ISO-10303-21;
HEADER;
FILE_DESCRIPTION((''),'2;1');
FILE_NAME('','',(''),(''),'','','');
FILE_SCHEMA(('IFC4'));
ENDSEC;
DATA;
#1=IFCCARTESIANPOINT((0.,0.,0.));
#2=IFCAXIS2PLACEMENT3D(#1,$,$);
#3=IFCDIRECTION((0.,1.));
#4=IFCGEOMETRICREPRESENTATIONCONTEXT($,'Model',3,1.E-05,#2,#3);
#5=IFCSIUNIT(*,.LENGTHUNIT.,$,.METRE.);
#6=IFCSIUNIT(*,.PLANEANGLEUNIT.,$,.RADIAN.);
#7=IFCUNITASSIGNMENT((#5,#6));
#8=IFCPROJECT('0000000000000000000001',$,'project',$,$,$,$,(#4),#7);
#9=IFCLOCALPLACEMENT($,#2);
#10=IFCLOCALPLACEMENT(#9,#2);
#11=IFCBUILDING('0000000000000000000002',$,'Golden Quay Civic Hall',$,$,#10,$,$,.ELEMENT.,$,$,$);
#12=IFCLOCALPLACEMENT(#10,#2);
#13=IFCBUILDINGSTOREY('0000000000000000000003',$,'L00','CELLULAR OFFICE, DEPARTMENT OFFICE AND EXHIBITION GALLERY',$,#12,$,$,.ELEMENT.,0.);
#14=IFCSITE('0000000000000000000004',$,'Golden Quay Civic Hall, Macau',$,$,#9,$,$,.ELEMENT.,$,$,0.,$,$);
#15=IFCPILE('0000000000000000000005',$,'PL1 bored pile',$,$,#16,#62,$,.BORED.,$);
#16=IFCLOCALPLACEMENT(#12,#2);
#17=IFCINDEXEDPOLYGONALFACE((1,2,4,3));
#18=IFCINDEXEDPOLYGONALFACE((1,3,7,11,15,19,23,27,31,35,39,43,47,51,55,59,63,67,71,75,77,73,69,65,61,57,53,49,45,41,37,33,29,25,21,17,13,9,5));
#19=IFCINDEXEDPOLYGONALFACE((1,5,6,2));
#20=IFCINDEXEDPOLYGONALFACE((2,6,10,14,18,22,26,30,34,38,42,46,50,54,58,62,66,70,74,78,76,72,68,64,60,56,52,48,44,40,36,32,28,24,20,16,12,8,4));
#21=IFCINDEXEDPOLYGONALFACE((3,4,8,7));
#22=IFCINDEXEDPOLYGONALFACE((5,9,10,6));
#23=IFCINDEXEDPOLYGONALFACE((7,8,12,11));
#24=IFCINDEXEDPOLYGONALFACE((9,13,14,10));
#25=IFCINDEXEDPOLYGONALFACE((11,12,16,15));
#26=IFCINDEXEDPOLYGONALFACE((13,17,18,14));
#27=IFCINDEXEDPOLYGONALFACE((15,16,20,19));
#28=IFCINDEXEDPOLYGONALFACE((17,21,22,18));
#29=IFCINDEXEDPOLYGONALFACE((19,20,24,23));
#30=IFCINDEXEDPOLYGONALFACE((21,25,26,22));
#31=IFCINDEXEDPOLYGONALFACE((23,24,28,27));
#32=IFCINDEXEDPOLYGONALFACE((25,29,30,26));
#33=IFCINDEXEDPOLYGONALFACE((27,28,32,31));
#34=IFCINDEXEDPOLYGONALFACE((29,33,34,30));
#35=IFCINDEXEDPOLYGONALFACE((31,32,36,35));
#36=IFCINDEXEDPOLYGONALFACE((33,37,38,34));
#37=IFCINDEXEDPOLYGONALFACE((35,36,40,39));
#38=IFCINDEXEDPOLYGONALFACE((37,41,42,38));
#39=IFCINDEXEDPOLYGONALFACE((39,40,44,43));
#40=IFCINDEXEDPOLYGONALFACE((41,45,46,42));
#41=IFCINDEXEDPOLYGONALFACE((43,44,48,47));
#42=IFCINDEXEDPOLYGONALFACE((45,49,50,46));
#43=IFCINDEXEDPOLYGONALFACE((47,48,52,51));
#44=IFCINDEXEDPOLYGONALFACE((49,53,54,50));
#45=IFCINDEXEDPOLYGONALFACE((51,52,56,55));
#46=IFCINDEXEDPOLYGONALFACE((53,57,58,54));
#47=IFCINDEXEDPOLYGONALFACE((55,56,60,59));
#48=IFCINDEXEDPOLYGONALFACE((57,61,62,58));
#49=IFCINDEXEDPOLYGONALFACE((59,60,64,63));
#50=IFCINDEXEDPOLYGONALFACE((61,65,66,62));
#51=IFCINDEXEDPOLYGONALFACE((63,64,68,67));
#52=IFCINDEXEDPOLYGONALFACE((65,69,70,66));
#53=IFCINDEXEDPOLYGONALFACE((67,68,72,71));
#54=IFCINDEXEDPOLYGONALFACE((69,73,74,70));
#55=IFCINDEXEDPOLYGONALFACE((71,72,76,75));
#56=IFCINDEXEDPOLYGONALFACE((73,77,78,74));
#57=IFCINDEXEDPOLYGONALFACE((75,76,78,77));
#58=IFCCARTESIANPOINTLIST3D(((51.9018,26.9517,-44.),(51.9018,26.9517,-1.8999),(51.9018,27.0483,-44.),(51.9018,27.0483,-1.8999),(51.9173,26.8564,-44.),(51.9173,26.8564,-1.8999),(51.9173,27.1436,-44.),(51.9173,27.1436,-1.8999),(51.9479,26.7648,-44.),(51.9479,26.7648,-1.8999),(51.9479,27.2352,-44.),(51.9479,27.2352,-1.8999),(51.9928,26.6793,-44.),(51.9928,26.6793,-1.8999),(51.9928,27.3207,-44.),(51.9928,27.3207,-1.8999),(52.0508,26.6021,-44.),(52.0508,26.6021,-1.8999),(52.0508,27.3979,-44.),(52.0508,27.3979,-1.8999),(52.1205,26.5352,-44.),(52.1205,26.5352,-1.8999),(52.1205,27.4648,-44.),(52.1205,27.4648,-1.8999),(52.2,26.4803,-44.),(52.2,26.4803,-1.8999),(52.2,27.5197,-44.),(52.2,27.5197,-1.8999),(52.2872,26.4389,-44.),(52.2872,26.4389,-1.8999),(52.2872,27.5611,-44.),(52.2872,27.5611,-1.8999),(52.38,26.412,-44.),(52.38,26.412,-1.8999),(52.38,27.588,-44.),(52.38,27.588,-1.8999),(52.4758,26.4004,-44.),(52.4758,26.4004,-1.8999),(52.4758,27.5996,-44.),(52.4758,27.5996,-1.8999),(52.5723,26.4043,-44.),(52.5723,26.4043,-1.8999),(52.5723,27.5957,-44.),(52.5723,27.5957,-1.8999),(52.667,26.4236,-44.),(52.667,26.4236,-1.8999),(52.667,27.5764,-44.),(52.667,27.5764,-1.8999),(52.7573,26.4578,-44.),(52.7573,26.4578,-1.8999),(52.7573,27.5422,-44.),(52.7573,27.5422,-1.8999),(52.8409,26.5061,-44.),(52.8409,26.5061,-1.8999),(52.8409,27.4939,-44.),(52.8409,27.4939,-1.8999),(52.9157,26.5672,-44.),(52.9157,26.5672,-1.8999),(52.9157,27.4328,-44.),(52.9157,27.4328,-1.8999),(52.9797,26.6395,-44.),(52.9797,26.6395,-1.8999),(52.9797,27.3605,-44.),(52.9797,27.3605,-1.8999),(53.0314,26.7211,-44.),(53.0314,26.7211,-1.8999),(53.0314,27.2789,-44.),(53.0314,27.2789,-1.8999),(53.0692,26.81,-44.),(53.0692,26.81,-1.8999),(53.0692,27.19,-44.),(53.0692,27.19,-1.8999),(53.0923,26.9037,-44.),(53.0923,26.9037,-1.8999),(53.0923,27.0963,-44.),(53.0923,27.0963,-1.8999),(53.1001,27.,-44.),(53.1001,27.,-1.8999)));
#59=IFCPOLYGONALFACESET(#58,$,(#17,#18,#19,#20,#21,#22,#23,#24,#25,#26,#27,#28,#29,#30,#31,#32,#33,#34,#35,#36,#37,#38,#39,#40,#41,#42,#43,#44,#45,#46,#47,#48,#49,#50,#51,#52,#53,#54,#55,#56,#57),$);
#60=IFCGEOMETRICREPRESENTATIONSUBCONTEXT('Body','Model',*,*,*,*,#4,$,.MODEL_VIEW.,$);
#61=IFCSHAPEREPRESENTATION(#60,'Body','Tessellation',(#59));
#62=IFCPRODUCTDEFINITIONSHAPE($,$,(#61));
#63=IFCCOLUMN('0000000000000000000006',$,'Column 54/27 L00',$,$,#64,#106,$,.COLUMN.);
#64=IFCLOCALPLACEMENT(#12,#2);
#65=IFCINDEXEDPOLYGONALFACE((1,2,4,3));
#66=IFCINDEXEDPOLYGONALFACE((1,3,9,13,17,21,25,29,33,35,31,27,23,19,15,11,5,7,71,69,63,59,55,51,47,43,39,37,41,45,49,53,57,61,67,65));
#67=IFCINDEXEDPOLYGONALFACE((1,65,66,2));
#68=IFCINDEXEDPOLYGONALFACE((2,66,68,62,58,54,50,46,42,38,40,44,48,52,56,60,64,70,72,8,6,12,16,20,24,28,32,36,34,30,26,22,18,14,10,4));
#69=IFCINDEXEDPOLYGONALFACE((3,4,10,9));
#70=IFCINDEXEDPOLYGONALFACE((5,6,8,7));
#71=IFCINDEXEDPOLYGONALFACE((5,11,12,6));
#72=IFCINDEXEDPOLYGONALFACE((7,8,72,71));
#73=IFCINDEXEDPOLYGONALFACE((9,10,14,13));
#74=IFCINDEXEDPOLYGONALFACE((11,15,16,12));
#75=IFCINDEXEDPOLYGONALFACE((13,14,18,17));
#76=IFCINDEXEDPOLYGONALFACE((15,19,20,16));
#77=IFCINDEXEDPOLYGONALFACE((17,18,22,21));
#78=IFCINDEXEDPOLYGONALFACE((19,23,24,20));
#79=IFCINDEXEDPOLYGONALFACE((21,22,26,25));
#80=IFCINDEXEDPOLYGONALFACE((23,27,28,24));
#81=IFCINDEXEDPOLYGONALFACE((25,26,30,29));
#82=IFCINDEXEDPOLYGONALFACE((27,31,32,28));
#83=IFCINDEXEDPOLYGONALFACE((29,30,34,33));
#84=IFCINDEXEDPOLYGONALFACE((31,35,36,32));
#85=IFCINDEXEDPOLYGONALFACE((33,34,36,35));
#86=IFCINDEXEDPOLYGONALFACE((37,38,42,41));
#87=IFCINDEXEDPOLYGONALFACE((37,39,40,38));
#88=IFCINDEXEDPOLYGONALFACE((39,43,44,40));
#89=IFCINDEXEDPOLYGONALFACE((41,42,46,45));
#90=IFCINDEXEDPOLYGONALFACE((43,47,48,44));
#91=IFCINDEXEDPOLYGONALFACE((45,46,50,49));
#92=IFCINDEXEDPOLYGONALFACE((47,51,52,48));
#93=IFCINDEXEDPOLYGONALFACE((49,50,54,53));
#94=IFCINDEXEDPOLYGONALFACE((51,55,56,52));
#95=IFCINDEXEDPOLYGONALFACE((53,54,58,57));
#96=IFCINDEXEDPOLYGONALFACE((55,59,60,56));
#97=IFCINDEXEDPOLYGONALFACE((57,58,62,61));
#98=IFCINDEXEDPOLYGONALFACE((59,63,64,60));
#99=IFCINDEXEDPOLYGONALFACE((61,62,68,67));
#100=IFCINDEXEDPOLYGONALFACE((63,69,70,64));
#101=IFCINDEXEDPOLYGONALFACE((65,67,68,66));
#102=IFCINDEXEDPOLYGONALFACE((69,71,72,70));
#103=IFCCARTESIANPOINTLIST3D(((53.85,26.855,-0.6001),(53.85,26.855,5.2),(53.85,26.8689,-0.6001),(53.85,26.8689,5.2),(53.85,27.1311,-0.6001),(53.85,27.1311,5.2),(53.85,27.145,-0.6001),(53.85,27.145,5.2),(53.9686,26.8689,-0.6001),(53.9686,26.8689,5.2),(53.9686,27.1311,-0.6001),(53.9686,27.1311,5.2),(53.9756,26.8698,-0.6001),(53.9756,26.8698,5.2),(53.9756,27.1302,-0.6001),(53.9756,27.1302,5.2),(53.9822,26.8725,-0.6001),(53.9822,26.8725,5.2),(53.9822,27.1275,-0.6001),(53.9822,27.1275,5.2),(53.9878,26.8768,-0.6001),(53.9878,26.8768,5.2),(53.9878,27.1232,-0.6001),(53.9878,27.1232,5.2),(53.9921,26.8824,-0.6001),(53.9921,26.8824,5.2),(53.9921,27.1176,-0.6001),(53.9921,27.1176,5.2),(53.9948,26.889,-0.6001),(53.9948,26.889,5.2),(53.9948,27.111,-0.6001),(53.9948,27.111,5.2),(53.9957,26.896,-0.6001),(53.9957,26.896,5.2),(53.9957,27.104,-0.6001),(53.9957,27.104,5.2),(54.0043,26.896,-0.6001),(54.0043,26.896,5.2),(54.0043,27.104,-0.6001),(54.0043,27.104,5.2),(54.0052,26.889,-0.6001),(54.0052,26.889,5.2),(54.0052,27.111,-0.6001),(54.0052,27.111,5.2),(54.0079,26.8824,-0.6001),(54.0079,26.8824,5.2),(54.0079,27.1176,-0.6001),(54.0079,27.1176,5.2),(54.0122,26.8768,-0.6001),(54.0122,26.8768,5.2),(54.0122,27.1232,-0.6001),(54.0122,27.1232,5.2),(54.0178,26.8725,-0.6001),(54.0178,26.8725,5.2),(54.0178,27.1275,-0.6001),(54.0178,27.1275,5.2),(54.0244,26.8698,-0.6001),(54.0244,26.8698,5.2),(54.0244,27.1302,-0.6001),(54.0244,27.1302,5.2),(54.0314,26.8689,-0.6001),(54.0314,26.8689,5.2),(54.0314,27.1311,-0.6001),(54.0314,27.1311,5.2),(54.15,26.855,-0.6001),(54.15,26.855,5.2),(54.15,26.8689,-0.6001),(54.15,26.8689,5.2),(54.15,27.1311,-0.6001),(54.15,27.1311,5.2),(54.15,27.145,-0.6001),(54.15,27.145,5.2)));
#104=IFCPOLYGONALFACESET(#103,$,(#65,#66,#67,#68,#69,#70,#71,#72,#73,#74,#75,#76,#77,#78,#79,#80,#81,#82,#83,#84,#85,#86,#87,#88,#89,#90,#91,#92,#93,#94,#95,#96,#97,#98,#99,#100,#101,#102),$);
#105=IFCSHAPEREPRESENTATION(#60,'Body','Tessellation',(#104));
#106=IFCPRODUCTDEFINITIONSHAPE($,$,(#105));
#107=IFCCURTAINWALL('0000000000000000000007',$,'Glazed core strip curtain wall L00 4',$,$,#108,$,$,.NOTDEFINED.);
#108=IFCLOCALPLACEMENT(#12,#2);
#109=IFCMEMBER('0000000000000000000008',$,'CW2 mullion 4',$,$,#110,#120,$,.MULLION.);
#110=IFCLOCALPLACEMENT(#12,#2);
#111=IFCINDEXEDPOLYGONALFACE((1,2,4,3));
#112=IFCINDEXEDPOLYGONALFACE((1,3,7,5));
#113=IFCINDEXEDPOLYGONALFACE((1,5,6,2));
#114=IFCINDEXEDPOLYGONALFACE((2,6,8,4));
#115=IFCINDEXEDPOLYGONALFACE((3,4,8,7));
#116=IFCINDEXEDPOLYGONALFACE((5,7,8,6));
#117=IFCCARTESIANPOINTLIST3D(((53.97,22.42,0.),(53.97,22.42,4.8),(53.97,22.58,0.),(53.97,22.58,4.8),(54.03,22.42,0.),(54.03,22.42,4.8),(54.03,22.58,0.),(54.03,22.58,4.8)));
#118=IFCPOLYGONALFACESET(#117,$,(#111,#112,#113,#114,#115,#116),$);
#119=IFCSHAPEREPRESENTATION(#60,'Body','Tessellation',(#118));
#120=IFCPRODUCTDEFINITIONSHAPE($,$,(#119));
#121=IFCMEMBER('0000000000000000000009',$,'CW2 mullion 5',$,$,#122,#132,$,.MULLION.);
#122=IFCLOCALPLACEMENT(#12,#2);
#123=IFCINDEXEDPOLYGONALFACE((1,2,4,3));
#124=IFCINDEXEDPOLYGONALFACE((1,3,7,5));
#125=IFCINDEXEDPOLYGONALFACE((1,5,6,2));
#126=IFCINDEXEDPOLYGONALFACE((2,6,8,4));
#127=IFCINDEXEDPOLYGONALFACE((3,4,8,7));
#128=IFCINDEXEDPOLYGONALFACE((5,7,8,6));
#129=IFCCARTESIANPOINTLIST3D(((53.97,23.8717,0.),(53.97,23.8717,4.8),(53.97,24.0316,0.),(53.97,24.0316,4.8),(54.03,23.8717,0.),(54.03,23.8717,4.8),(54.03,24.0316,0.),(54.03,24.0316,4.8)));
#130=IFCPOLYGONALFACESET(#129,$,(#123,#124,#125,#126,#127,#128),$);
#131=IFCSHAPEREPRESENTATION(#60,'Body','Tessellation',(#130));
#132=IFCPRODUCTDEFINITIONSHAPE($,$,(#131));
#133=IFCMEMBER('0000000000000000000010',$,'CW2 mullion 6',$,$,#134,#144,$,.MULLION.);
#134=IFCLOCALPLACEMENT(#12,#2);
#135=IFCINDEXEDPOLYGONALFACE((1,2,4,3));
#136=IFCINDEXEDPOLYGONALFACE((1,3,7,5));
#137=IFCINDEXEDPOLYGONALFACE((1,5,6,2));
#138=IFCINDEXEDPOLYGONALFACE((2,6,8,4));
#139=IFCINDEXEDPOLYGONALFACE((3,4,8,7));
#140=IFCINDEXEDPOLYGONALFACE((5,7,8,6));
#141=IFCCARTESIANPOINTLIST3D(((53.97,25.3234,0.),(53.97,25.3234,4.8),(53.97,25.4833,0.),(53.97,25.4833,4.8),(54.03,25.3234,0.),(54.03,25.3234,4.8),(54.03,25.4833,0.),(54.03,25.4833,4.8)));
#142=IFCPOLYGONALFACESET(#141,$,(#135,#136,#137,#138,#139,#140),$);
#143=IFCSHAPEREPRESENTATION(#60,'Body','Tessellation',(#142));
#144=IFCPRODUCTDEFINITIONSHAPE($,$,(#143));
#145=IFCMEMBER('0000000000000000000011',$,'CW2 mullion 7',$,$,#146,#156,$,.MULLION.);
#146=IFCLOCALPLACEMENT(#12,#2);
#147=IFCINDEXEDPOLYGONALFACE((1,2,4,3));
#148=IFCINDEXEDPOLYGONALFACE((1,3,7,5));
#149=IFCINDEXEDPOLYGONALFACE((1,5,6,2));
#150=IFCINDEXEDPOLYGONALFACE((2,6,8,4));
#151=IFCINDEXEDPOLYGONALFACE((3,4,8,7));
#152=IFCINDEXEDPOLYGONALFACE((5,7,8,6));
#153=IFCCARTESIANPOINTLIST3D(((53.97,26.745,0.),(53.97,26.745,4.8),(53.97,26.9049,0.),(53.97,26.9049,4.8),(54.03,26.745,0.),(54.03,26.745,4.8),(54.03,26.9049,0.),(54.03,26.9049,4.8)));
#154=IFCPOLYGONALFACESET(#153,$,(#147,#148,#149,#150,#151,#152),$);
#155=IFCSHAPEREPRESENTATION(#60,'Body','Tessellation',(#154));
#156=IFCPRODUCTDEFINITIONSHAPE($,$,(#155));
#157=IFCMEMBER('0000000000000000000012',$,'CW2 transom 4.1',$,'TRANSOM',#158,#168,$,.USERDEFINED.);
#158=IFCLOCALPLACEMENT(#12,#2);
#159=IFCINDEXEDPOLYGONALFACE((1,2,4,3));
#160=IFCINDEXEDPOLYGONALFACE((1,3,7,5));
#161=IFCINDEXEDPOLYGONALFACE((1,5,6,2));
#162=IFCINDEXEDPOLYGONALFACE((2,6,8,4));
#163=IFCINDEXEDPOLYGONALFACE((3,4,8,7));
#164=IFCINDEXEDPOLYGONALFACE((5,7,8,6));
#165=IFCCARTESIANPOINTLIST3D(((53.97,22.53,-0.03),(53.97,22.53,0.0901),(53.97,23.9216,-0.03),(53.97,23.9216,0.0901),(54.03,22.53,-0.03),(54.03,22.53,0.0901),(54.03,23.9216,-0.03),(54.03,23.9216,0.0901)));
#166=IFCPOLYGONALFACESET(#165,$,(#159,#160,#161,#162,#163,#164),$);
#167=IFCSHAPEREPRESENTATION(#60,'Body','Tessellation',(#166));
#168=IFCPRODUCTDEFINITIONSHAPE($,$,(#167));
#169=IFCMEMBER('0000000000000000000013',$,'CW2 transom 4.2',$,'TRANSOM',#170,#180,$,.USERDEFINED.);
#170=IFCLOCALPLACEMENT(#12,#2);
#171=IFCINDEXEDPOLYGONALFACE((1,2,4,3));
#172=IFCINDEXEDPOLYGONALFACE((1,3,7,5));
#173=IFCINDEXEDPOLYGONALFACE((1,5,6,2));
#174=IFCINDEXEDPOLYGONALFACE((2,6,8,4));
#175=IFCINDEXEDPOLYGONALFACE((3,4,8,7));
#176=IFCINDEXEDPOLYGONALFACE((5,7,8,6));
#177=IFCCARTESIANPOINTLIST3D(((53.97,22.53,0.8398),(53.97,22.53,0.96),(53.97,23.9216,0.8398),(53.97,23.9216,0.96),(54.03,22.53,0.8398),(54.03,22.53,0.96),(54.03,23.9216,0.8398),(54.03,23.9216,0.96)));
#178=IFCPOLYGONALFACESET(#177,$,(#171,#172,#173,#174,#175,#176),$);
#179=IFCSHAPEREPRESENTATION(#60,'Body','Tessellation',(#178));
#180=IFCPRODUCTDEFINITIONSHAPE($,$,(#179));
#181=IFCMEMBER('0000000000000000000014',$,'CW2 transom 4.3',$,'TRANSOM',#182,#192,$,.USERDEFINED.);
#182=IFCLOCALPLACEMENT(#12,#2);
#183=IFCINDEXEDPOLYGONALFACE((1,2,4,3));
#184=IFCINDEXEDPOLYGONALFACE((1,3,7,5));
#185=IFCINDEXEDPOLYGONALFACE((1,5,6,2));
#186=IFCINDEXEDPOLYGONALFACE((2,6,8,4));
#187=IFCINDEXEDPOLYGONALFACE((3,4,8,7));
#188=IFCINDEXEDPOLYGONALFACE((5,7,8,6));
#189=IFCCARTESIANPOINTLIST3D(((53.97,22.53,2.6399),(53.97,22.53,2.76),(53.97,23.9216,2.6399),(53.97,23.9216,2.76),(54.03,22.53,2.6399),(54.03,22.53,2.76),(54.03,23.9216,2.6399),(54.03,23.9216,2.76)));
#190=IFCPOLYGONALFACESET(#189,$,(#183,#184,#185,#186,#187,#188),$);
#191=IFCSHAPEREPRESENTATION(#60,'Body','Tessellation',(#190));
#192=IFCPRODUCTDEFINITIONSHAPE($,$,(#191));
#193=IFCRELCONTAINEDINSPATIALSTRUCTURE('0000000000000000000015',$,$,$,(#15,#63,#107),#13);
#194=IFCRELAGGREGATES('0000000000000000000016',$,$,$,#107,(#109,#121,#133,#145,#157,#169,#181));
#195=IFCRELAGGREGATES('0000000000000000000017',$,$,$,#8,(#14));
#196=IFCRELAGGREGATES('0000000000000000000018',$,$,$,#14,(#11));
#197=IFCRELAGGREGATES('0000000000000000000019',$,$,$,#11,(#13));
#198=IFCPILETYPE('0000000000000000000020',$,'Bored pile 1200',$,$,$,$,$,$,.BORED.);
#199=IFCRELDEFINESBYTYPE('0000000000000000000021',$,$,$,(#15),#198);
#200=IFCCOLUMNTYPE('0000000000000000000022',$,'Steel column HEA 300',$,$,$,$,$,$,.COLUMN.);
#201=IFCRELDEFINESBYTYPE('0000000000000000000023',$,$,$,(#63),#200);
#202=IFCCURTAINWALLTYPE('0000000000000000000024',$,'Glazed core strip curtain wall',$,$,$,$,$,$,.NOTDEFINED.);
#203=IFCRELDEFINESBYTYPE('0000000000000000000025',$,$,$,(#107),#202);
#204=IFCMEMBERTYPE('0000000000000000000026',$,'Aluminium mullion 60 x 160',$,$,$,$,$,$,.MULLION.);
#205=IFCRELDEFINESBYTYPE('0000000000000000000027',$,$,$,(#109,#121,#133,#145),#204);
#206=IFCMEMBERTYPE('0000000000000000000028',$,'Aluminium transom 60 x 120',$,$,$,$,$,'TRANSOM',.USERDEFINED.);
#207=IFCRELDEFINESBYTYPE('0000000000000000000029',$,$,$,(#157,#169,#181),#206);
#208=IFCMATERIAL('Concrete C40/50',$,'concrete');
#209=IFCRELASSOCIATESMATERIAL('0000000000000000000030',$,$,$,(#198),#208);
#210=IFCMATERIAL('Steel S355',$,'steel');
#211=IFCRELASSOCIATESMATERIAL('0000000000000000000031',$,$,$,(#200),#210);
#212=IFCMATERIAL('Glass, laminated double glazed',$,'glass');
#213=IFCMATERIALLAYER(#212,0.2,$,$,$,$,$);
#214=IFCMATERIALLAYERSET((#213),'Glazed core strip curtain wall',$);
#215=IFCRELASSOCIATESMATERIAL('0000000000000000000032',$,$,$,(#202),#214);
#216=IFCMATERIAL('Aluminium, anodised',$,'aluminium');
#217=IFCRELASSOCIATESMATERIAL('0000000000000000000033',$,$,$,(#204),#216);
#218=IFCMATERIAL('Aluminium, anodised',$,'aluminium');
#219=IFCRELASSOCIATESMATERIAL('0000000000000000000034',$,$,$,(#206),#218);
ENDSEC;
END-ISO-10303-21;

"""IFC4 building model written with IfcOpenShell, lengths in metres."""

from ifc_helpers import new_model, si_unit, direction, frame, origin, origin_2d, place, context, subcontext, project, spatial, rectangle, circle, i_section, extrude, material, layer, layer_set, material_profile, profile_set, type_object, element, aggregate, save


model = new_model("IFC4")

# Units and contexts
model_context = context("Model", 3, precision=1e-05, world=origin(), true_north=direction((0.0, 1.0)))
body_context = subcontext(model_context, "Body", "Model", "MODEL_VIEW")
ifc_project = project(units=[si_unit("LENGTHUNIT", "METRE"), si_unit("PLANEANGLEUNIT", "RADIAN")], contexts=[model_context])

# Site, building, storey
site_placement = place(None, origin())
site = spatial("IfcSite", under=ifc_project, at=site_placement, Name="Golden Quay Civic Hall, Macau", CompositionType="ELEMENT", RefElevation=0.0)
building_placement = place(site_placement, origin())
building = spatial("IfcBuilding", under=site, at=building_placement, Name="Golden Quay Civic Hall", CompositionType="ELEMENT")
storey_placement = place(building_placement, origin())
storey = spatial("IfcBuildingStorey", under=building, at=storey_placement, Name="L00", Description="CELLULAR OFFICE, DEPARTMENT OFFICE AND EXHIBITION GALLERY", CompositionType="ELEMENT", Elevation=0.0)

# Pile
ifc_material_1 = material(Name="Concrete C40/50", Category="concrete")
ifc_material_profile_1 = material_profile(ifc_material_1, circle(Radius=0.6001, at=origin_2d()), Name="RC D1200")
ifc_profile_set_1 = profile_set([ifc_material_profile_1], Name="Concrete C40/50")
pile_type = type_object("IfcPileType", Name="Bored pile 1200", PredefinedType="BORED", material=ifc_profile_set_1)
pile_placement = place(storey_placement, frame((52.5, 27.0, -1.8999), z_axis=(0.0, 0.0, -1.0), x_axis=(1.0, 0.0, 0.0)))
element("IfcPile", 1, at=pile_placement, inside=storey, type_object=pile_type, Name="PL1 bored pile", PredefinedType="BORED", context=body_context, shape_type="SweptSolid", body=[
    extrude(circle(Radius=0.6001, at=origin_2d()), origin(), (0.0, 0.0, 1.0), 42.1001),
])

# Column
ifc_material_2 = material(Name="Steel S355", Category="steel")
ifc_material_profile_2 = material_profile(ifc_material_2, i_section(OverallWidth=0.3, OverallDepth=0.29, WebThickness=0.0085, FlangeThickness=0.0139, FilletRadius=0.0271, at=origin_2d()), Name="HEA 300")
ifc_profile_set_2 = profile_set([ifc_material_profile_2], Name="Steel S355")
column_type = type_object("IfcColumnType", Name="Steel column HEA 300", PredefinedType="COLUMN", material=ifc_profile_set_2)
column_placement = place(storey_placement, frame((54.0, 27.0, -0.6001), z_axis=(0.0, 0.0, 1.0), x_axis=(1.0, 0.0, 0.0)))
element("IfcColumn", 2, at=column_placement, inside=storey, type_object=column_type, Name="Column 54/27 L00", PredefinedType="COLUMN", context=body_context, shape_type="SweptSolid", body=[
    extrude(i_section(OverallWidth=0.3, OverallDepth=0.29, WebThickness=0.0085, FlangeThickness=0.0139, FilletRadius=0.0271, at=origin_2d()), origin(), (0.0, 0.0, 1.0), 5.8),
])

# Curtain wall, members
ifc_material_3 = material(Name="Glass, laminated double glazed", Category="glass")
ifc_layer_1 = layer(ifc_material_3, 0.2)
ifc_layer_set_1 = layer_set([ifc_layer_1], Name="Glazed core strip curtain wall")
curtain_wall_type = type_object("IfcCurtainWallType", Name="Glazed core strip curtain wall", PredefinedType="NOTDEFINED", material=ifc_layer_set_1)
curtain_wall_placement = place(storey_placement, origin())
curtain_wall = element("IfcCurtainWall", 3, at=curtain_wall_placement, inside=storey, type_object=curtain_wall_type, Name="Glazed core strip curtain wall L00 4", PredefinedType="NOTDEFINED")
ifc_material_4 = material(Name="Aluminium, anodised", Category="aluminium")
ifc_material_profile_3 = material_profile(ifc_material_4, rectangle(XDim=0.0601, YDim=0.1599, at=origin_2d()), Name="Aluminium 60 x 160")
ifc_profile_set_3 = profile_set([ifc_material_profile_3], Name="Aluminium, anodised")
member_type_1 = type_object("IfcMemberType", Name="Aluminium mullion 60 x 160", PredefinedType="MULLION", material=ifc_profile_set_3)
member_1_placement = place(storey_placement, frame((54.0, 22.5, 0.0), z_axis=(0.0, 0.0, 1.0), x_axis=(-1.0, 0.0, 0.0)))
member_1 = element("IfcMember", 4, at=member_1_placement, type_object=member_type_1, Name="CW2 mullion 4", PredefinedType="MULLION", context=body_context, shape_type="SweptSolid", body=[
    extrude(rectangle(XDim=0.0601, YDim=0.1599, at=origin_2d()), origin(), (0.0, 0.0, 1.0), 4.8),
])
member_2_placement = place(storey_placement, frame((54.0, 23.9517, 0.0), z_axis=(0.0, 0.0, 1.0), x_axis=(-1.0, 0.0, 0.0)))
member_2 = element("IfcMember", 5, at=member_2_placement, type_object=member_type_1, Name="CW2 mullion 5", PredefinedType="MULLION", context=body_context, shape_type="SweptSolid", body=[
    extrude(rectangle(XDim=0.0601, YDim=0.1599, at=origin_2d()), origin(), (0.0, 0.0, 1.0), 4.8),
])
member_3_placement = place(storey_placement, frame((54.0, 25.4033, 0.0), z_axis=(0.0, 0.0, 1.0), x_axis=(-1.0, 0.0, 0.0)))
member_3 = element("IfcMember", 6, at=member_3_placement, type_object=member_type_1, Name="CW2 mullion 6", PredefinedType="MULLION", context=body_context, shape_type="SweptSolid", body=[
    extrude(rectangle(XDim=0.0601, YDim=0.1599, at=origin_2d()), origin(), (0.0, 0.0, 1.0), 4.8),
])
member_4_placement = place(storey_placement, frame((54.0, 26.825, 0.0), z_axis=(0.0, 0.0, 1.0), x_axis=(-1.0, 0.0, 0.0)))
member_4 = element("IfcMember", 7, at=member_4_placement, type_object=member_type_1, Name="CW2 mullion 7", PredefinedType="MULLION", context=body_context, shape_type="SweptSolid", body=[
    extrude(rectangle(XDim=0.0601, YDim=0.1599, at=origin_2d()), origin(), (0.0, 0.0, 1.0), 4.8),
])
ifc_material_5 = material(Name="Aluminium, anodised", Category="aluminium")
ifc_material_profile_4 = material_profile(ifc_material_5, rectangle(XDim=0.0601, YDim=0.1201, at=origin_2d()), Name="Aluminium 60 x 120")
ifc_profile_set_4 = profile_set([ifc_material_profile_4], Name="Aluminium, anodised")
member_type_2 = type_object("IfcMemberType", Name="Aluminium transom 60 x 120", ElementType="TRANSOM", PredefinedType="USERDEFINED", material=ifc_profile_set_4)
member_5_placement = place(storey_placement, frame((54.0, 22.53, 0.03), z_axis=(0.0, 1.0, 0.0), x_axis=(-1.0, 0.0, 0.0)))
member_5 = element("IfcMember", 8, at=member_5_placement, type_object=member_type_2, Name="CW2 transom 4.1", ObjectType="TRANSOM", PredefinedType="USERDEFINED", context=body_context, shape_type="SweptSolid", body=[
    extrude(rectangle(XDim=0.0601, YDim=0.1201, at=origin_2d()), origin(), (0.0, 0.0, 1.0), 1.3916),
])
member_6_placement = place(storey_placement, frame((54.0, 22.53, 0.8999), z_axis=(0.0, 1.0, 0.0), x_axis=(-1.0, 0.0, 0.0)))
member_6 = element("IfcMember", 9, at=member_6_placement, type_object=member_type_2, Name="CW2 transom 4.2", ObjectType="TRANSOM", PredefinedType="USERDEFINED", context=body_context, shape_type="SweptSolid", body=[
    extrude(rectangle(XDim=0.0601, YDim=0.1201, at=origin_2d()), origin(), (0.0, 0.0, 1.0), 1.3916),
])
member_7_placement = place(storey_placement, frame((54.0, 22.53, 2.7), z_axis=(0.0, 1.0, 0.0), x_axis=(-1.0, 0.0, 0.0)))
member_7 = element("IfcMember", 10, at=member_7_placement, type_object=member_type_2, Name="CW2 transom 4.3", ObjectType="TRANSOM", PredefinedType="USERDEFINED", context=body_context, shape_type="SweptSolid", body=[
    extrude(rectangle(XDim=0.0601, YDim=0.1201, at=origin_2d()), origin(), (0.0, 0.0, 1.0), 1.3916),
])

aggregate(curtain_wall, [member_1, member_2, member_3, member_4, member_5, member_6, member_7])

save(model, "model.ifc")
